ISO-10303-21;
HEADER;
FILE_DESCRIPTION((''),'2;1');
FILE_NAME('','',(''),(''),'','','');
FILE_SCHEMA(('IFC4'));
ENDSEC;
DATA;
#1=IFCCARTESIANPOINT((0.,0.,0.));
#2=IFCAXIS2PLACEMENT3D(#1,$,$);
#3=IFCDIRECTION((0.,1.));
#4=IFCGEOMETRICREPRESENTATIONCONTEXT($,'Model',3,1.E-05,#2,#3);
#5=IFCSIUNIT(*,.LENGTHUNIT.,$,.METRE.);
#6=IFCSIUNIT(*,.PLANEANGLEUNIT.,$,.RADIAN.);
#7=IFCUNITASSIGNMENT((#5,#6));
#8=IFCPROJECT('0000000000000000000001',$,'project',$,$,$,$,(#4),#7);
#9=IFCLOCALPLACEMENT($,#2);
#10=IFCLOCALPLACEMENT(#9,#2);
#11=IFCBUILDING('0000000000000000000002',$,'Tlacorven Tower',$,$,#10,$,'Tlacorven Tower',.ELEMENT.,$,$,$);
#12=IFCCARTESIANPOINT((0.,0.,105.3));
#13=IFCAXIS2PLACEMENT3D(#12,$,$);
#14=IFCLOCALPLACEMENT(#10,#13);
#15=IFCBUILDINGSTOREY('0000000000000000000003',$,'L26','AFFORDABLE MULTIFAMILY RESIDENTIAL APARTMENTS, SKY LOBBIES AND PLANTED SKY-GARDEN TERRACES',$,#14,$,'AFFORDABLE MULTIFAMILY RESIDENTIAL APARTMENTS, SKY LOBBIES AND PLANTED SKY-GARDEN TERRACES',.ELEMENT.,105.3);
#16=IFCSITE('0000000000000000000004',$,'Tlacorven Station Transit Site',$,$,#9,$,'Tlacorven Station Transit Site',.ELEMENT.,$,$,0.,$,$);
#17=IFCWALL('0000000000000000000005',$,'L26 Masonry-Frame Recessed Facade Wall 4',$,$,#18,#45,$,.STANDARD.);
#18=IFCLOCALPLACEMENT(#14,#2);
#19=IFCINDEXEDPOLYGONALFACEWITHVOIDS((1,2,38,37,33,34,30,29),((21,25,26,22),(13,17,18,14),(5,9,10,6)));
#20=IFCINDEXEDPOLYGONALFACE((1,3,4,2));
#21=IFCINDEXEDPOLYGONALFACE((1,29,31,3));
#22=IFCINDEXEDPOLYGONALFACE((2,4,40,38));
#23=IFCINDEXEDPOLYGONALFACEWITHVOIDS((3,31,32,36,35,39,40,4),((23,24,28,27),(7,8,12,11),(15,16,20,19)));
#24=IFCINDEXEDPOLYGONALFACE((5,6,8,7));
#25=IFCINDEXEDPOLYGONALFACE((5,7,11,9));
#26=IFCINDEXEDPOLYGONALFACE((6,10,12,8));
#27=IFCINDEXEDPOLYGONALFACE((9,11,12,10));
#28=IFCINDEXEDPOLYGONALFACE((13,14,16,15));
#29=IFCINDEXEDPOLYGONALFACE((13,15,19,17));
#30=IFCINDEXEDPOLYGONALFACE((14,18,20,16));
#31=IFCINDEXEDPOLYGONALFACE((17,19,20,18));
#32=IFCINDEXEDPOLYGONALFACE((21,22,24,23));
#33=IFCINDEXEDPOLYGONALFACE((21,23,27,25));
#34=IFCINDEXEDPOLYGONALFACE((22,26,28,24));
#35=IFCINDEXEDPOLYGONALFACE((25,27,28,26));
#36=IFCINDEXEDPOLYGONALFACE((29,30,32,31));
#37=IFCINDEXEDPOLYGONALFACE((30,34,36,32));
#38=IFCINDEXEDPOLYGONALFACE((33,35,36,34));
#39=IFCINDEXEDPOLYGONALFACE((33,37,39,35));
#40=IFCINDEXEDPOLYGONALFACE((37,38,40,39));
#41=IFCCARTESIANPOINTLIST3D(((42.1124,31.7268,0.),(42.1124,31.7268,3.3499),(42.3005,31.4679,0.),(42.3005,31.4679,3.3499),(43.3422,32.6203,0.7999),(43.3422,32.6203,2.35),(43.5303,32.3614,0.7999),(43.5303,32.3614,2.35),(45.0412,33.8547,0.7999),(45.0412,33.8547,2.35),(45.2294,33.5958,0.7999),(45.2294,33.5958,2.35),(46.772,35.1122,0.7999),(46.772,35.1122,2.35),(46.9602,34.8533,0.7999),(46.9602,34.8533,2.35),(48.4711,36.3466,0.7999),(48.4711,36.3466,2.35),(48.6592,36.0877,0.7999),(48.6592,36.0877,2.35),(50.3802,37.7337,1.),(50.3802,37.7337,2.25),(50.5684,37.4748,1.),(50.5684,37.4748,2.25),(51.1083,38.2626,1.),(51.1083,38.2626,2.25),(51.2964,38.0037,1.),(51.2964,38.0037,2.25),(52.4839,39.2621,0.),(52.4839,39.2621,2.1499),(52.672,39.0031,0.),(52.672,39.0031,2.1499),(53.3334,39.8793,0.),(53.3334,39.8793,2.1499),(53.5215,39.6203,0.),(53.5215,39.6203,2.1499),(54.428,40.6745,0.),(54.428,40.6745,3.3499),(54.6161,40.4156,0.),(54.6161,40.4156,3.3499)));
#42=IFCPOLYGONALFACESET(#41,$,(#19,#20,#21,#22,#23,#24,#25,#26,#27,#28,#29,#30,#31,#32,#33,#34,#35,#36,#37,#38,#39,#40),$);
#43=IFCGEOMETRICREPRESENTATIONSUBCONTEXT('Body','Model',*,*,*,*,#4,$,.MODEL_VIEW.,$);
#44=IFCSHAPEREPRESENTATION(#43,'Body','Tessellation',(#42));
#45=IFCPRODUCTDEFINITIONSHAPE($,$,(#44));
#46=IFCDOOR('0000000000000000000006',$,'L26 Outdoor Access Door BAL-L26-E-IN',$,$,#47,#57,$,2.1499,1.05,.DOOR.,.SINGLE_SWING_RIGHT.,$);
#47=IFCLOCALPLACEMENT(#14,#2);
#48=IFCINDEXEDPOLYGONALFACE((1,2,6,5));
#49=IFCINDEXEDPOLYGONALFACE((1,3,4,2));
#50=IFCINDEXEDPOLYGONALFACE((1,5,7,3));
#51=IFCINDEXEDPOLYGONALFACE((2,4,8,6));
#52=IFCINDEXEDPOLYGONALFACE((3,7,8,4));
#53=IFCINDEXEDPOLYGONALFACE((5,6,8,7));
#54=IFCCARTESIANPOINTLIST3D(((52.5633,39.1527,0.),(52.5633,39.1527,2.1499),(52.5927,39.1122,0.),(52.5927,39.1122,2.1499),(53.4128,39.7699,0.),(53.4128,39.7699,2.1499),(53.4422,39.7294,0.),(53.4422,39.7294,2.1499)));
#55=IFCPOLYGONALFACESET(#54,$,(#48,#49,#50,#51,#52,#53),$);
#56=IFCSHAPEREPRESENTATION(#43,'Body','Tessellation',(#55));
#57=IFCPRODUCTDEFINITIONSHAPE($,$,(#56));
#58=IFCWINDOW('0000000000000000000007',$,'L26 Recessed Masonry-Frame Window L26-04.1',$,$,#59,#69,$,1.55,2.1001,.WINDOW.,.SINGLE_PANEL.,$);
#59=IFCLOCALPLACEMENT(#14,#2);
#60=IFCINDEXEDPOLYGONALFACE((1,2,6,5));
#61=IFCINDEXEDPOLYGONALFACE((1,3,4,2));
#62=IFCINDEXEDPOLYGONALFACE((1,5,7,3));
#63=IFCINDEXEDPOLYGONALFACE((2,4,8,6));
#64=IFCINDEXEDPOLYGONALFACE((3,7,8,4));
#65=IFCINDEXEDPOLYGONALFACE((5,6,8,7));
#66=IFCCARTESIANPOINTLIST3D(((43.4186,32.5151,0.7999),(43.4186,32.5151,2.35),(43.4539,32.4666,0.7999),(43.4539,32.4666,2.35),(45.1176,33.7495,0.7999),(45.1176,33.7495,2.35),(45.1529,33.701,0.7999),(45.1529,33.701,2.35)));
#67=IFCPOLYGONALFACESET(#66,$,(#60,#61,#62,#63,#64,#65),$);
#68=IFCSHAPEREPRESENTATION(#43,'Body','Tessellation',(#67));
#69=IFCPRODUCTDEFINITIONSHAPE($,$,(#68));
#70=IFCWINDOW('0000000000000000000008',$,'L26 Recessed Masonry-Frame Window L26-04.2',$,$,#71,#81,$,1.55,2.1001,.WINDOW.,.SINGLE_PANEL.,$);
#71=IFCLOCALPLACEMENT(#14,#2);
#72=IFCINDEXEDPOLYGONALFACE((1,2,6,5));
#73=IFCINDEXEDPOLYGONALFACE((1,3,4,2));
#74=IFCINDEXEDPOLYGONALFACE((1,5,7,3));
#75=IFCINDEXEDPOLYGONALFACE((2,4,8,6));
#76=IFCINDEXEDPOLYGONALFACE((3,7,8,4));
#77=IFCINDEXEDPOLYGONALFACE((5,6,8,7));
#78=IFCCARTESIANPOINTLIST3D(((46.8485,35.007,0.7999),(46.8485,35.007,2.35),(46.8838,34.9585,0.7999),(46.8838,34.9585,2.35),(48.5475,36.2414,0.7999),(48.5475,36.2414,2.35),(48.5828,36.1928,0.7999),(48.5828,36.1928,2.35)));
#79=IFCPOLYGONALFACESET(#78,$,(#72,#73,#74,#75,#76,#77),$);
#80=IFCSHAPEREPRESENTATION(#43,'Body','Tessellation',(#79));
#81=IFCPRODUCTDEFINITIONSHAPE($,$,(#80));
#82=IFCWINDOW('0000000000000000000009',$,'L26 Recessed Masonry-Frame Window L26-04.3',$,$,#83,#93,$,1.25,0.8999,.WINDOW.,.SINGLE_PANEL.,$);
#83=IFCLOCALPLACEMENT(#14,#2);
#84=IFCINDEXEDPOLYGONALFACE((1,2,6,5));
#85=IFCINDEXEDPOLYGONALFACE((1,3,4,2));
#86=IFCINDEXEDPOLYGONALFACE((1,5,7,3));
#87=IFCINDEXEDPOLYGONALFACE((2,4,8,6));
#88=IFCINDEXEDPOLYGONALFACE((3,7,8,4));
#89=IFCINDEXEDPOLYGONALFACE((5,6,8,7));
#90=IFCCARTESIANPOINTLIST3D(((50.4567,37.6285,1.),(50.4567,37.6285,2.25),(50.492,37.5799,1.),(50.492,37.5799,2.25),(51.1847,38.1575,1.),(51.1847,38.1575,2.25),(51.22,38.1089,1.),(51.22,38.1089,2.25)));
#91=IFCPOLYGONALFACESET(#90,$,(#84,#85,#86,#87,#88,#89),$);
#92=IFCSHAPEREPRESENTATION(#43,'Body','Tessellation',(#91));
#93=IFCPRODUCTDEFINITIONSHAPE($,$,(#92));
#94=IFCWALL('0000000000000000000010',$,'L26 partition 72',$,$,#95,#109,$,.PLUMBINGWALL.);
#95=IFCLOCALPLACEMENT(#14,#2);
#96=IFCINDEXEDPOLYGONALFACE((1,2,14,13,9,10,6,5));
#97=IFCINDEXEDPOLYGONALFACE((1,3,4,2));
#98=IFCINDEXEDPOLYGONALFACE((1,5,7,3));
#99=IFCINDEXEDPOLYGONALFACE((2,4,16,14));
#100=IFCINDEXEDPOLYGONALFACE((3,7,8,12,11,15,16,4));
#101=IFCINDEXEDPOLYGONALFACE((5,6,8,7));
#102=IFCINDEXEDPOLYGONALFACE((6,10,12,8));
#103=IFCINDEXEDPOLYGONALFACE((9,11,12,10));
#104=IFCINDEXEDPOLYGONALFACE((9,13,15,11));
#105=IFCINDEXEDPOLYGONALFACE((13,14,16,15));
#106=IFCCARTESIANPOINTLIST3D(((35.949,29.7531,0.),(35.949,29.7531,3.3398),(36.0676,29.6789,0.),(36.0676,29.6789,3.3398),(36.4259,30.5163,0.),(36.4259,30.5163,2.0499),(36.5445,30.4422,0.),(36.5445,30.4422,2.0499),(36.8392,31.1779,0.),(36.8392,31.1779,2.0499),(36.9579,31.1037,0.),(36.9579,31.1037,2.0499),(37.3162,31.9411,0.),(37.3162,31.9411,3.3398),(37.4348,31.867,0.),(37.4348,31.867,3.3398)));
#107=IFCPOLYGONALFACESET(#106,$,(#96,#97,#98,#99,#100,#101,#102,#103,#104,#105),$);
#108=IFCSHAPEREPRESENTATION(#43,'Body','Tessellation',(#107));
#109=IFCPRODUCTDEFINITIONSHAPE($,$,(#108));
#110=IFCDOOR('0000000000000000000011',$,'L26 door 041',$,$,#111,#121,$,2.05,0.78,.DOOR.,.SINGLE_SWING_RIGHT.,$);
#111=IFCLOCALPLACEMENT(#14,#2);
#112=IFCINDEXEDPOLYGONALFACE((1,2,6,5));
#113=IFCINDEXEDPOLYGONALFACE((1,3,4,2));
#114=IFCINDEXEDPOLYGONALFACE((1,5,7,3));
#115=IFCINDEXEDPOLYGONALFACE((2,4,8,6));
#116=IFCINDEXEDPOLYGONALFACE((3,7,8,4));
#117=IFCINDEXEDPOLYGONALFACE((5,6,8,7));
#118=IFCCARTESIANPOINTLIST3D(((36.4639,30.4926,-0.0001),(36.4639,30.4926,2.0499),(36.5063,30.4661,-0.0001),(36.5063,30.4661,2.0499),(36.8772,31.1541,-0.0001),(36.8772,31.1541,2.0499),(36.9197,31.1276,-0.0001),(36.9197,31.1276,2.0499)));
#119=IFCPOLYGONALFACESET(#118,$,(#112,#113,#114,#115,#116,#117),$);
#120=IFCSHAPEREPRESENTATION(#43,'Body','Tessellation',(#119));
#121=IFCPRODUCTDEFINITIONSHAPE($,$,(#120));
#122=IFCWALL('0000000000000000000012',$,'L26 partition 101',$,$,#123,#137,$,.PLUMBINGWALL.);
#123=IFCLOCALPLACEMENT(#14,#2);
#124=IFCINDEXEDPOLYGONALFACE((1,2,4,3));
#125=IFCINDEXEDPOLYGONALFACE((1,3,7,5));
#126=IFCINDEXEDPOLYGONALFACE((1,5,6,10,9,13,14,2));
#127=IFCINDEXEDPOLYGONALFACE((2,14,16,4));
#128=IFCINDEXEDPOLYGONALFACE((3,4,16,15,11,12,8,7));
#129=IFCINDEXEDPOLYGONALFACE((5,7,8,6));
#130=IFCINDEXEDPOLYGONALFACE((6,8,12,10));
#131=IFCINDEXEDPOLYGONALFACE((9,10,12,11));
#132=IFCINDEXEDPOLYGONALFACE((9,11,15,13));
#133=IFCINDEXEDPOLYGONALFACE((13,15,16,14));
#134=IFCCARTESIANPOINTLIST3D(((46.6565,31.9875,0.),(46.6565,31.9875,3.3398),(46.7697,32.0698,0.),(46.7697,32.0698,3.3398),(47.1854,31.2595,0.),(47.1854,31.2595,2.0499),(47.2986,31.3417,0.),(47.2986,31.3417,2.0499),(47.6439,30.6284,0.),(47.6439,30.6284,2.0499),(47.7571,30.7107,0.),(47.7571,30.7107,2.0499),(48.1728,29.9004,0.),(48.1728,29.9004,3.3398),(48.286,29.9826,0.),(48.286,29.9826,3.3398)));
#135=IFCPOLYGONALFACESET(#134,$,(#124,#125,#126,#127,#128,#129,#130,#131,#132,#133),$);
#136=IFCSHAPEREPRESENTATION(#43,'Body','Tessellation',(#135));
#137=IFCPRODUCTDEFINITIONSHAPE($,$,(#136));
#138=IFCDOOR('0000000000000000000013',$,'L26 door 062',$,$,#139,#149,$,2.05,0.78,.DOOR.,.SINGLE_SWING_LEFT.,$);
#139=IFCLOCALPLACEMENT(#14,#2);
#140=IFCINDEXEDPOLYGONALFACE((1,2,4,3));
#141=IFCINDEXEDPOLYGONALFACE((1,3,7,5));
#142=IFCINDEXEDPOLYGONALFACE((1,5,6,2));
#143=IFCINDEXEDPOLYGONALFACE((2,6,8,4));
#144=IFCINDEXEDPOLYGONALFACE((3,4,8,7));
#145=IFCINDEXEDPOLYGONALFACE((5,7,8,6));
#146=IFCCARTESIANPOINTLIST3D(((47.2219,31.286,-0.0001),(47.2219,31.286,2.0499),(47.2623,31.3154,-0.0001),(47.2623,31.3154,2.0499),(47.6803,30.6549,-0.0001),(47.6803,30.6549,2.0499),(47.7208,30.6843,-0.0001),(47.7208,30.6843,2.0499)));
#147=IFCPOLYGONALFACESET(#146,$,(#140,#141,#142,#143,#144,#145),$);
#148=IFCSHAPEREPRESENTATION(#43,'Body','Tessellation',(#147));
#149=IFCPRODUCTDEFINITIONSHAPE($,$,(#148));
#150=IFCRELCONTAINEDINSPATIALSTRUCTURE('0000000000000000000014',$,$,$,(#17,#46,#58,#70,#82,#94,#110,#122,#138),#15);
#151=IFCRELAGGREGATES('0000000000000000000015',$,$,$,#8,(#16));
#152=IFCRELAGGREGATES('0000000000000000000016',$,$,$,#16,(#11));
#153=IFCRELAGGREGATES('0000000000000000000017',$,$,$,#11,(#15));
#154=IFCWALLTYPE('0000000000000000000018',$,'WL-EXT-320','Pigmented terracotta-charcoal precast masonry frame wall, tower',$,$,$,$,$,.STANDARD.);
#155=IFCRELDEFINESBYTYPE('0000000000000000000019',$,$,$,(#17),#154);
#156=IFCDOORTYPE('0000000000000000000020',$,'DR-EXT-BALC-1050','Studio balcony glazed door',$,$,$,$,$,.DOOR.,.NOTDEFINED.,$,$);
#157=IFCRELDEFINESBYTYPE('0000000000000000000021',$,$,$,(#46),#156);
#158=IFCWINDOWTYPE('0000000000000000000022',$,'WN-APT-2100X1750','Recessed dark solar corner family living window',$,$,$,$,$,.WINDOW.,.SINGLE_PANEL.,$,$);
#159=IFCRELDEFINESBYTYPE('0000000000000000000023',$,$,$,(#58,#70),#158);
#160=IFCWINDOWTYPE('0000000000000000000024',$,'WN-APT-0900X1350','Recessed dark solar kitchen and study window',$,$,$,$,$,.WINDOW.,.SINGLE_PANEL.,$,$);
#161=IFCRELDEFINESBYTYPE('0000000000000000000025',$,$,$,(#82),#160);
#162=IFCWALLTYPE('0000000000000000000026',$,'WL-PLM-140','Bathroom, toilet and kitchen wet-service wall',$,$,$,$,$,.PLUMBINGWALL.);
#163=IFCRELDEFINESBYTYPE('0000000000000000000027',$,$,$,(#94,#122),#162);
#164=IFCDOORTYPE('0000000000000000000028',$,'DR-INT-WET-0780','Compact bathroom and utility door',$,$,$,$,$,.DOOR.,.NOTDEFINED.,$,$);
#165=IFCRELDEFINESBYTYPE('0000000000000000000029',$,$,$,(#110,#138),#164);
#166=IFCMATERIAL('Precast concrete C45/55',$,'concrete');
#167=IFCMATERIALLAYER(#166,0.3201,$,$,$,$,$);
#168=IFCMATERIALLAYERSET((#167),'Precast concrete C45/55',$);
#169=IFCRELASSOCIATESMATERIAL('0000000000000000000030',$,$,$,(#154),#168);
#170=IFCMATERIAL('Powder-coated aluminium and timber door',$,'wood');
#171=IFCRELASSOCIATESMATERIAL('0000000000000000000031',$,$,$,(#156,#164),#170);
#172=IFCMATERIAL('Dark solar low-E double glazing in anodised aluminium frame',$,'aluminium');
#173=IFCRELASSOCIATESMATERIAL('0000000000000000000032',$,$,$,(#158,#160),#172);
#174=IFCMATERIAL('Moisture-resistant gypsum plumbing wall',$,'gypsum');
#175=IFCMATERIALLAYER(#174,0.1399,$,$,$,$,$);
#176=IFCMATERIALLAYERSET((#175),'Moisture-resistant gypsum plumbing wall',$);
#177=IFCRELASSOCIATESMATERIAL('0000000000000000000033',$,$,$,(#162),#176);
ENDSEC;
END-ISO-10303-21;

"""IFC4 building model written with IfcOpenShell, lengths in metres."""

from ifc_helpers import new_model, si_unit, direction, frame, frame_2d, origin, place, context, subcontext, project, spatial, rectangle, extrude, source, transform, mapped, material, layer, layer_set, type_object, element, fill, save


model = new_model("IFC4")

# Units and contexts
model_context = context("Model", 3, precision=1e-05, world=origin(), true_north=direction((0.0, 1.0)))
body_context = subcontext(model_context, "Body", "Model", "MODEL_VIEW")
ifc_project = project(units=[si_unit("LENGTHUNIT", "METRE"), si_unit("PLANEANGLEUNIT", "RADIAN")], contexts=[model_context])

# Site, building, storey
site_placement = place(None, origin())
site = spatial("IfcSite", under=ifc_project, at=site_placement, Name="Tlacorven Station Transit Site", LongName="Tlacorven Station Transit Site", CompositionType="ELEMENT", RefElevation=0.0)
building_placement = place(site_placement, origin())
building = spatial("IfcBuilding", under=site, at=building_placement, Name="Tlacorven Tower", LongName="Tlacorven Tower", CompositionType="ELEMENT")
storey_placement = place(building_placement, frame((0.0, 0.0, 105.3)))
storey = spatial("IfcBuildingStorey", under=building, at=storey_placement, Name="L26", Description="AFFORDABLE MULTIFAMILY RESIDENTIAL APARTMENTS, SKY LOBBIES AND PLANTED SKY-GARDEN TERRACES", LongName="AFFORDABLE MULTIFAMILY RESIDENTIAL APARTMENTS, SKY LOBBIES AND PLANTED SKY-GARDEN TERRACES", CompositionType="ELEMENT", Elevation=105.3)

# Wall, openings, door, windows
ifc_material_1 = material(Name="Precast concrete C45/55", Category="concrete")
ifc_layer_1 = layer(ifc_material_1, 0.3201)
ifc_layer_set_1 = layer_set([ifc_layer_1], Name="Precast concrete C45/55")
wall_type_1 = type_object("IfcWallType", Name="WL-EXT-320", Description="Pigmented terracotta-charcoal precast masonry frame wall, tower", PredefinedType="STANDARD", material=ifc_layer_set_1)
wall_1_placement = place(storey_placement, frame((42.2065, 31.5974, 0.0), z_axis=(0.0, 0.0, 1.0), x_axis=(0.80902, 0.587781, 0.0)))
wall_1 = element("IfcWall", 1, at=wall_1_placement, inside=storey, type_object=wall_type_1, Name="L26 Masonry-Frame Recessed Facade Wall 4", PredefinedType="STANDARD", context=body_context, shape_type="SweptSolid", body=[
    extrude(rectangle(XDim=15.2229, YDim=0.3201, at=frame_2d((7.6113, 0.0))), origin(), (0.0, 0.0, 1.0), 3.3499),
])
opening_1_placement = place(wall_1_placement, frame((12.8198, 0.0, 0.0)))
opening_1 = element("IfcOpeningElement", 2, at=opening_1_placement, cuts=wall_1, PredefinedType="OPENING", context=body_context, shape_type="SweptSolid", body=[
    extrude(rectangle(XDim=1.05, YDim=2.1499, at=frame_2d((0.5249, 1.075))), frame((0.0, 0.1699, 0.0), z_axis=(0.0, -1.0, 0.0), x_axis=(1.0, 0.0, 0.0)), (0.0, 0.0, 1.0), 0.3401),
])
opening_2_placement = place(wall_1_placement, frame((1.52, 0.0, 0.8)))
opening_2 = element("IfcOpeningElement", 3, at=opening_2_placement, cuts=wall_1, PredefinedType="OPENING", context=body_context, shape_type="SweptSolid", body=[
    extrude(rectangle(XDim=2.1001, YDim=1.55, at=frame_2d((1.05, 0.7749))), frame((0.0, 0.1699, 0.0), z_axis=(0.0, -1.0, 0.0), x_axis=(1.0, 0.0, 0.0)), (0.0, 0.0, 1.0), 0.3401),
])
opening_3_placement = place(wall_1_placement, frame((5.7595, 0.0, 0.8)))
opening_3 = element("IfcOpeningElement", 4, at=opening_3_placement, cuts=wall_1, PredefinedType="OPENING", context=body_context, shape_type="SweptSolid", body=[
    extrude(rectangle(XDim=2.1001, YDim=1.55, at=frame_2d((1.05, 0.7749))), frame((0.0, 0.1699, 0.0), z_axis=(0.0, -1.0, 0.0), x_axis=(1.0, 0.0, 0.0)), (0.0, 0.0, 1.0), 0.3401),
])
opening_4_placement = place(wall_1_placement, frame((10.2195, 0.0, 1.0)))
opening_4 = element("IfcOpeningElement", 5, at=opening_4_placement, cuts=wall_1, PredefinedType="OPENING", context=body_context, shape_type="SweptSolid", body=[
    extrude(rectangle(XDim=0.8999, YDim=1.25, at=frame_2d((0.45, 0.625))), frame((0.0, 0.1699, 0.0), z_axis=(0.0, -1.0, 0.0), x_axis=(1.0, 0.0, 0.0)), (0.0, 0.0, 1.0), 0.3401),
])
ifc_material_2 = material(Name="Powder-coated aluminium and timber door", Category="wood")
door_type_1 = type_object("IfcDoorType", Name="DR-EXT-BALC-1050", Description="Studio balcony glazed door", OperationType="NOTDEFINED", PredefinedType="DOOR", material=ifc_material_2)
shared_shape_1 = source(origin(), body_context, "Body", "SweptSolid", [
    extrude(rectangle(XDim=1.05, YDim=2.1499, at=frame_2d((0.5249, 1.075))), frame((0.0, 0.0249, 0.0), z_axis=(0.0, -1.0, 0.0), x_axis=(1.0, 0.0, 0.0)), (0.0, 0.0, 1.0), 0.05),
])
door_1_placement = place(opening_1_placement, origin())
door_1 = element("IfcDoor", 6, at=door_1_placement, inside=storey, type_object=door_type_1, Name="L26 Outdoor Access Door BAL-L26-E-IN", OperationType="SINGLE_SWING_RIGHT", OverallHeight=2.1499, OverallWidth=1.05, PredefinedType="DOOR", context=body_context, shape_type="MappedRepresentation", body=[
    mapped(shared_shape_1, transform((0.0, 0.0, 0.0), scale=1.0)),
])
fill(opening_1, door_1)
ifc_material_3 = material(Name="Dark solar low-E double glazing in anodised aluminium frame", Category="aluminium")
window_type_1 = type_object("IfcWindowType", Name="WN-APT-2100X1750", Description="Recessed dark solar corner family living window", PartitioningType="SINGLE_PANEL", PredefinedType="WINDOW", material=ifc_material_3)
shared_shape_2 = source(origin(), body_context, "Body", "SweptSolid", [
    extrude(rectangle(XDim=2.1001, YDim=1.55, at=frame_2d((1.05, 0.7749))), frame((0.0, 0.03, 0.0), z_axis=(0.0, -1.0, 0.0), x_axis=(1.0, 0.0, 0.0)), (0.0, 0.0, 1.0), 0.0601),
])
window_1_placement = place(opening_2_placement, origin())
window_1 = element("IfcWindow", 7, at=window_1_placement, inside=storey, type_object=window_type_1, Name="L26 Recessed Masonry-Frame Window L26-04.1", OverallHeight=1.55, OverallWidth=2.1001, PartitioningType="SINGLE_PANEL", PredefinedType="WINDOW", context=body_context, shape_type="MappedRepresentation", body=[
    mapped(shared_shape_2, transform((0.0, 0.0, 0.0), scale=1.0)),
])
fill(opening_2, window_1)
window_2_placement = place(opening_3_placement, origin())
window_2 = element("IfcWindow", 8, at=window_2_placement, inside=storey, type_object=window_type_1, Name="L26 Recessed Masonry-Frame Window L26-04.2", OverallHeight=1.55, OverallWidth=2.1001, PartitioningType="SINGLE_PANEL", PredefinedType="WINDOW", context=body_context, shape_type="MappedRepresentation", body=[
    mapped(shared_shape_2, transform((0.0, 0.0, 0.0), scale=1.0)),
])
fill(opening_3, window_2)
window_type_2 = type_object("IfcWindowType", Name="WN-APT-0900X1350", Description="Recessed dark solar kitchen and study window", PartitioningType="SINGLE_PANEL", PredefinedType="WINDOW", material=ifc_material_3)
shared_shape_3 = source(origin(), body_context, "Body", "SweptSolid", [
    extrude(rectangle(XDim=0.8999, YDim=1.25, at=frame_2d((0.45, 0.625))), frame((0.0, 0.03, 0.0), z_axis=(0.0, -1.0, 0.0), x_axis=(1.0, 0.0, 0.0)), (0.0, 0.0, 1.0), 0.0601),
])
window_3_placement = place(opening_4_placement, origin())
window_3 = element("IfcWindow", 9, at=window_3_placement, inside=storey, type_object=window_type_2, Name="L26 Recessed Masonry-Frame Window L26-04.3", OverallHeight=1.25, OverallWidth=0.8999, PartitioningType="SINGLE_PANEL", PredefinedType="WINDOW", context=body_context, shape_type="MappedRepresentation", body=[
    mapped(shared_shape_3, transform((0.0, 0.0, 0.0), scale=1.0)),
])
fill(opening_4, window_3)

# Walls, openings, doors
ifc_material_4 = material(Name="Moisture-resistant gypsum plumbing wall", Category="gypsum")
ifc_layer_2 = layer(ifc_material_4, 0.1399)
ifc_layer_set_2 = layer_set([ifc_layer_2], Name="Moisture-resistant gypsum plumbing wall")
wall_type_2 = type_object("IfcWallType", Name="WL-PLM-140", Description="Bathroom, toilet and kitchen wet-service wall", PredefinedType="PLUMBINGWALL", material=ifc_layer_set_2)
wall_2_placement = place(storey_placement, frame((37.3755, 31.9041, 0.0), z_axis=(0.0, 0.0, 1.0), x_axis=(-0.529914, -0.848051, 0.0)))
wall_2 = element("IfcWall", 10, at=wall_2_placement, inside=storey, type_object=wall_type_2, Name="L26 partition 72", PredefinedType="PLUMBINGWALL", context=body_context, shape_type="SweptSolid", body=[
    extrude(rectangle(XDim=2.5801, YDim=0.1399, at=frame_2d((1.29, 0.0))), origin(), (0.0, 0.0, 1.0), 3.3398),
])
opening_5_placement = place(wall_2_placement, frame((0.8999, 0.0, 0.0)))
opening_5 = element("IfcOpeningElement", 11, at=opening_5_placement, cuts=wall_2, PredefinedType="OPENING", context=body_context, shape_type="SweptSolid", body=[
    extrude(rectangle(XDim=0.78, YDim=2.05, at=frame_2d((0.3901, 1.0249))), frame((0.0, 0.0801, 0.0), z_axis=(0.0, -1.0, 0.0), x_axis=(1.0, 0.0, 0.0)), (0.0, 0.0, 1.0), 0.1599),
])
door_type_2 = type_object("IfcDoorType", Name="DR-INT-WET-0780", Description="Compact bathroom and utility door", OperationType="NOTDEFINED", PredefinedType="DOOR", material=ifc_material_2)
shared_shape_4 = source(origin(), body_context, "Body", "SweptSolid", [
    extrude(rectangle(XDim=0.78, YDim=2.05, at=frame_2d((0.3901, 1.0249))), frame((0.0, 0.0249, 0.0), z_axis=(0.0, -1.0, 0.0), x_axis=(1.0, 0.0, 0.0)), (0.0, 0.0, 1.0), 0.05),
])
door_2_placement = place(opening_5_placement, origin())
door_2 = element("IfcDoor", 12, at=door_2_placement, inside=storey, type_object=door_type_2, Name="L26 door 041", OperationType="SINGLE_SWING_RIGHT", OverallHeight=2.05, OverallWidth=0.78, PredefinedType="DOOR", context=body_context, shape_type="MappedRepresentation", body=[
    mapped(shared_shape_4, transform((0.0, 0.0, 0.0), scale=1.0)),
])
fill(opening_5, door_2)
wall_3_placement = place(storey_placement, frame((48.2295, 29.9414, 0.0), z_axis=(0.0, 0.0, 1.0), x_axis=(-0.587772, 0.809027, 0.0)))
wall_3 = element("IfcWall", 13, at=wall_3_placement, inside=storey, type_object=wall_type_2, Name="L26 partition 101", PredefinedType="PLUMBINGWALL", context=body_context, shape_type="SweptSolid", body=[
    extrude(rectangle(XDim=2.5798, YDim=0.1399, at=frame_2d((1.29, 0.0))), origin(), (0.0, 0.0, 1.0), 3.3398),
])
opening_6_placement = place(wall_3_placement, frame((0.8999, 0.0, 0.0)))
opening_6 = element("IfcOpeningElement", 14, at=opening_6_placement, cuts=wall_3, PredefinedType="OPENING", context=body_context, shape_type="SweptSolid", body=[
    extrude(rectangle(XDim=0.78, YDim=2.05, at=frame_2d((0.3901, 1.0249))), frame((0.0, 0.0801, 0.0), z_axis=(0.0, -1.0, 0.0), x_axis=(1.0, 0.0, 0.0)), (0.0, 0.0, 1.0), 0.1599),
])
door_3_placement = place(opening_6_placement, origin())
door_3 = element("IfcDoor", 15, at=door_3_placement, inside=storey, type_object=door_type_2, Name="L26 door 062", OperationType="SINGLE_SWING_LEFT", OverallHeight=2.05, OverallWidth=0.78, PredefinedType="DOOR", context=body_context, shape_type="MappedRepresentation", body=[
    mapped(shared_shape_4, transform((0.0, 0.0, 0.0), scale=1.0)),
])
fill(opening_6, door_3)

save(model, "model.ifc")
